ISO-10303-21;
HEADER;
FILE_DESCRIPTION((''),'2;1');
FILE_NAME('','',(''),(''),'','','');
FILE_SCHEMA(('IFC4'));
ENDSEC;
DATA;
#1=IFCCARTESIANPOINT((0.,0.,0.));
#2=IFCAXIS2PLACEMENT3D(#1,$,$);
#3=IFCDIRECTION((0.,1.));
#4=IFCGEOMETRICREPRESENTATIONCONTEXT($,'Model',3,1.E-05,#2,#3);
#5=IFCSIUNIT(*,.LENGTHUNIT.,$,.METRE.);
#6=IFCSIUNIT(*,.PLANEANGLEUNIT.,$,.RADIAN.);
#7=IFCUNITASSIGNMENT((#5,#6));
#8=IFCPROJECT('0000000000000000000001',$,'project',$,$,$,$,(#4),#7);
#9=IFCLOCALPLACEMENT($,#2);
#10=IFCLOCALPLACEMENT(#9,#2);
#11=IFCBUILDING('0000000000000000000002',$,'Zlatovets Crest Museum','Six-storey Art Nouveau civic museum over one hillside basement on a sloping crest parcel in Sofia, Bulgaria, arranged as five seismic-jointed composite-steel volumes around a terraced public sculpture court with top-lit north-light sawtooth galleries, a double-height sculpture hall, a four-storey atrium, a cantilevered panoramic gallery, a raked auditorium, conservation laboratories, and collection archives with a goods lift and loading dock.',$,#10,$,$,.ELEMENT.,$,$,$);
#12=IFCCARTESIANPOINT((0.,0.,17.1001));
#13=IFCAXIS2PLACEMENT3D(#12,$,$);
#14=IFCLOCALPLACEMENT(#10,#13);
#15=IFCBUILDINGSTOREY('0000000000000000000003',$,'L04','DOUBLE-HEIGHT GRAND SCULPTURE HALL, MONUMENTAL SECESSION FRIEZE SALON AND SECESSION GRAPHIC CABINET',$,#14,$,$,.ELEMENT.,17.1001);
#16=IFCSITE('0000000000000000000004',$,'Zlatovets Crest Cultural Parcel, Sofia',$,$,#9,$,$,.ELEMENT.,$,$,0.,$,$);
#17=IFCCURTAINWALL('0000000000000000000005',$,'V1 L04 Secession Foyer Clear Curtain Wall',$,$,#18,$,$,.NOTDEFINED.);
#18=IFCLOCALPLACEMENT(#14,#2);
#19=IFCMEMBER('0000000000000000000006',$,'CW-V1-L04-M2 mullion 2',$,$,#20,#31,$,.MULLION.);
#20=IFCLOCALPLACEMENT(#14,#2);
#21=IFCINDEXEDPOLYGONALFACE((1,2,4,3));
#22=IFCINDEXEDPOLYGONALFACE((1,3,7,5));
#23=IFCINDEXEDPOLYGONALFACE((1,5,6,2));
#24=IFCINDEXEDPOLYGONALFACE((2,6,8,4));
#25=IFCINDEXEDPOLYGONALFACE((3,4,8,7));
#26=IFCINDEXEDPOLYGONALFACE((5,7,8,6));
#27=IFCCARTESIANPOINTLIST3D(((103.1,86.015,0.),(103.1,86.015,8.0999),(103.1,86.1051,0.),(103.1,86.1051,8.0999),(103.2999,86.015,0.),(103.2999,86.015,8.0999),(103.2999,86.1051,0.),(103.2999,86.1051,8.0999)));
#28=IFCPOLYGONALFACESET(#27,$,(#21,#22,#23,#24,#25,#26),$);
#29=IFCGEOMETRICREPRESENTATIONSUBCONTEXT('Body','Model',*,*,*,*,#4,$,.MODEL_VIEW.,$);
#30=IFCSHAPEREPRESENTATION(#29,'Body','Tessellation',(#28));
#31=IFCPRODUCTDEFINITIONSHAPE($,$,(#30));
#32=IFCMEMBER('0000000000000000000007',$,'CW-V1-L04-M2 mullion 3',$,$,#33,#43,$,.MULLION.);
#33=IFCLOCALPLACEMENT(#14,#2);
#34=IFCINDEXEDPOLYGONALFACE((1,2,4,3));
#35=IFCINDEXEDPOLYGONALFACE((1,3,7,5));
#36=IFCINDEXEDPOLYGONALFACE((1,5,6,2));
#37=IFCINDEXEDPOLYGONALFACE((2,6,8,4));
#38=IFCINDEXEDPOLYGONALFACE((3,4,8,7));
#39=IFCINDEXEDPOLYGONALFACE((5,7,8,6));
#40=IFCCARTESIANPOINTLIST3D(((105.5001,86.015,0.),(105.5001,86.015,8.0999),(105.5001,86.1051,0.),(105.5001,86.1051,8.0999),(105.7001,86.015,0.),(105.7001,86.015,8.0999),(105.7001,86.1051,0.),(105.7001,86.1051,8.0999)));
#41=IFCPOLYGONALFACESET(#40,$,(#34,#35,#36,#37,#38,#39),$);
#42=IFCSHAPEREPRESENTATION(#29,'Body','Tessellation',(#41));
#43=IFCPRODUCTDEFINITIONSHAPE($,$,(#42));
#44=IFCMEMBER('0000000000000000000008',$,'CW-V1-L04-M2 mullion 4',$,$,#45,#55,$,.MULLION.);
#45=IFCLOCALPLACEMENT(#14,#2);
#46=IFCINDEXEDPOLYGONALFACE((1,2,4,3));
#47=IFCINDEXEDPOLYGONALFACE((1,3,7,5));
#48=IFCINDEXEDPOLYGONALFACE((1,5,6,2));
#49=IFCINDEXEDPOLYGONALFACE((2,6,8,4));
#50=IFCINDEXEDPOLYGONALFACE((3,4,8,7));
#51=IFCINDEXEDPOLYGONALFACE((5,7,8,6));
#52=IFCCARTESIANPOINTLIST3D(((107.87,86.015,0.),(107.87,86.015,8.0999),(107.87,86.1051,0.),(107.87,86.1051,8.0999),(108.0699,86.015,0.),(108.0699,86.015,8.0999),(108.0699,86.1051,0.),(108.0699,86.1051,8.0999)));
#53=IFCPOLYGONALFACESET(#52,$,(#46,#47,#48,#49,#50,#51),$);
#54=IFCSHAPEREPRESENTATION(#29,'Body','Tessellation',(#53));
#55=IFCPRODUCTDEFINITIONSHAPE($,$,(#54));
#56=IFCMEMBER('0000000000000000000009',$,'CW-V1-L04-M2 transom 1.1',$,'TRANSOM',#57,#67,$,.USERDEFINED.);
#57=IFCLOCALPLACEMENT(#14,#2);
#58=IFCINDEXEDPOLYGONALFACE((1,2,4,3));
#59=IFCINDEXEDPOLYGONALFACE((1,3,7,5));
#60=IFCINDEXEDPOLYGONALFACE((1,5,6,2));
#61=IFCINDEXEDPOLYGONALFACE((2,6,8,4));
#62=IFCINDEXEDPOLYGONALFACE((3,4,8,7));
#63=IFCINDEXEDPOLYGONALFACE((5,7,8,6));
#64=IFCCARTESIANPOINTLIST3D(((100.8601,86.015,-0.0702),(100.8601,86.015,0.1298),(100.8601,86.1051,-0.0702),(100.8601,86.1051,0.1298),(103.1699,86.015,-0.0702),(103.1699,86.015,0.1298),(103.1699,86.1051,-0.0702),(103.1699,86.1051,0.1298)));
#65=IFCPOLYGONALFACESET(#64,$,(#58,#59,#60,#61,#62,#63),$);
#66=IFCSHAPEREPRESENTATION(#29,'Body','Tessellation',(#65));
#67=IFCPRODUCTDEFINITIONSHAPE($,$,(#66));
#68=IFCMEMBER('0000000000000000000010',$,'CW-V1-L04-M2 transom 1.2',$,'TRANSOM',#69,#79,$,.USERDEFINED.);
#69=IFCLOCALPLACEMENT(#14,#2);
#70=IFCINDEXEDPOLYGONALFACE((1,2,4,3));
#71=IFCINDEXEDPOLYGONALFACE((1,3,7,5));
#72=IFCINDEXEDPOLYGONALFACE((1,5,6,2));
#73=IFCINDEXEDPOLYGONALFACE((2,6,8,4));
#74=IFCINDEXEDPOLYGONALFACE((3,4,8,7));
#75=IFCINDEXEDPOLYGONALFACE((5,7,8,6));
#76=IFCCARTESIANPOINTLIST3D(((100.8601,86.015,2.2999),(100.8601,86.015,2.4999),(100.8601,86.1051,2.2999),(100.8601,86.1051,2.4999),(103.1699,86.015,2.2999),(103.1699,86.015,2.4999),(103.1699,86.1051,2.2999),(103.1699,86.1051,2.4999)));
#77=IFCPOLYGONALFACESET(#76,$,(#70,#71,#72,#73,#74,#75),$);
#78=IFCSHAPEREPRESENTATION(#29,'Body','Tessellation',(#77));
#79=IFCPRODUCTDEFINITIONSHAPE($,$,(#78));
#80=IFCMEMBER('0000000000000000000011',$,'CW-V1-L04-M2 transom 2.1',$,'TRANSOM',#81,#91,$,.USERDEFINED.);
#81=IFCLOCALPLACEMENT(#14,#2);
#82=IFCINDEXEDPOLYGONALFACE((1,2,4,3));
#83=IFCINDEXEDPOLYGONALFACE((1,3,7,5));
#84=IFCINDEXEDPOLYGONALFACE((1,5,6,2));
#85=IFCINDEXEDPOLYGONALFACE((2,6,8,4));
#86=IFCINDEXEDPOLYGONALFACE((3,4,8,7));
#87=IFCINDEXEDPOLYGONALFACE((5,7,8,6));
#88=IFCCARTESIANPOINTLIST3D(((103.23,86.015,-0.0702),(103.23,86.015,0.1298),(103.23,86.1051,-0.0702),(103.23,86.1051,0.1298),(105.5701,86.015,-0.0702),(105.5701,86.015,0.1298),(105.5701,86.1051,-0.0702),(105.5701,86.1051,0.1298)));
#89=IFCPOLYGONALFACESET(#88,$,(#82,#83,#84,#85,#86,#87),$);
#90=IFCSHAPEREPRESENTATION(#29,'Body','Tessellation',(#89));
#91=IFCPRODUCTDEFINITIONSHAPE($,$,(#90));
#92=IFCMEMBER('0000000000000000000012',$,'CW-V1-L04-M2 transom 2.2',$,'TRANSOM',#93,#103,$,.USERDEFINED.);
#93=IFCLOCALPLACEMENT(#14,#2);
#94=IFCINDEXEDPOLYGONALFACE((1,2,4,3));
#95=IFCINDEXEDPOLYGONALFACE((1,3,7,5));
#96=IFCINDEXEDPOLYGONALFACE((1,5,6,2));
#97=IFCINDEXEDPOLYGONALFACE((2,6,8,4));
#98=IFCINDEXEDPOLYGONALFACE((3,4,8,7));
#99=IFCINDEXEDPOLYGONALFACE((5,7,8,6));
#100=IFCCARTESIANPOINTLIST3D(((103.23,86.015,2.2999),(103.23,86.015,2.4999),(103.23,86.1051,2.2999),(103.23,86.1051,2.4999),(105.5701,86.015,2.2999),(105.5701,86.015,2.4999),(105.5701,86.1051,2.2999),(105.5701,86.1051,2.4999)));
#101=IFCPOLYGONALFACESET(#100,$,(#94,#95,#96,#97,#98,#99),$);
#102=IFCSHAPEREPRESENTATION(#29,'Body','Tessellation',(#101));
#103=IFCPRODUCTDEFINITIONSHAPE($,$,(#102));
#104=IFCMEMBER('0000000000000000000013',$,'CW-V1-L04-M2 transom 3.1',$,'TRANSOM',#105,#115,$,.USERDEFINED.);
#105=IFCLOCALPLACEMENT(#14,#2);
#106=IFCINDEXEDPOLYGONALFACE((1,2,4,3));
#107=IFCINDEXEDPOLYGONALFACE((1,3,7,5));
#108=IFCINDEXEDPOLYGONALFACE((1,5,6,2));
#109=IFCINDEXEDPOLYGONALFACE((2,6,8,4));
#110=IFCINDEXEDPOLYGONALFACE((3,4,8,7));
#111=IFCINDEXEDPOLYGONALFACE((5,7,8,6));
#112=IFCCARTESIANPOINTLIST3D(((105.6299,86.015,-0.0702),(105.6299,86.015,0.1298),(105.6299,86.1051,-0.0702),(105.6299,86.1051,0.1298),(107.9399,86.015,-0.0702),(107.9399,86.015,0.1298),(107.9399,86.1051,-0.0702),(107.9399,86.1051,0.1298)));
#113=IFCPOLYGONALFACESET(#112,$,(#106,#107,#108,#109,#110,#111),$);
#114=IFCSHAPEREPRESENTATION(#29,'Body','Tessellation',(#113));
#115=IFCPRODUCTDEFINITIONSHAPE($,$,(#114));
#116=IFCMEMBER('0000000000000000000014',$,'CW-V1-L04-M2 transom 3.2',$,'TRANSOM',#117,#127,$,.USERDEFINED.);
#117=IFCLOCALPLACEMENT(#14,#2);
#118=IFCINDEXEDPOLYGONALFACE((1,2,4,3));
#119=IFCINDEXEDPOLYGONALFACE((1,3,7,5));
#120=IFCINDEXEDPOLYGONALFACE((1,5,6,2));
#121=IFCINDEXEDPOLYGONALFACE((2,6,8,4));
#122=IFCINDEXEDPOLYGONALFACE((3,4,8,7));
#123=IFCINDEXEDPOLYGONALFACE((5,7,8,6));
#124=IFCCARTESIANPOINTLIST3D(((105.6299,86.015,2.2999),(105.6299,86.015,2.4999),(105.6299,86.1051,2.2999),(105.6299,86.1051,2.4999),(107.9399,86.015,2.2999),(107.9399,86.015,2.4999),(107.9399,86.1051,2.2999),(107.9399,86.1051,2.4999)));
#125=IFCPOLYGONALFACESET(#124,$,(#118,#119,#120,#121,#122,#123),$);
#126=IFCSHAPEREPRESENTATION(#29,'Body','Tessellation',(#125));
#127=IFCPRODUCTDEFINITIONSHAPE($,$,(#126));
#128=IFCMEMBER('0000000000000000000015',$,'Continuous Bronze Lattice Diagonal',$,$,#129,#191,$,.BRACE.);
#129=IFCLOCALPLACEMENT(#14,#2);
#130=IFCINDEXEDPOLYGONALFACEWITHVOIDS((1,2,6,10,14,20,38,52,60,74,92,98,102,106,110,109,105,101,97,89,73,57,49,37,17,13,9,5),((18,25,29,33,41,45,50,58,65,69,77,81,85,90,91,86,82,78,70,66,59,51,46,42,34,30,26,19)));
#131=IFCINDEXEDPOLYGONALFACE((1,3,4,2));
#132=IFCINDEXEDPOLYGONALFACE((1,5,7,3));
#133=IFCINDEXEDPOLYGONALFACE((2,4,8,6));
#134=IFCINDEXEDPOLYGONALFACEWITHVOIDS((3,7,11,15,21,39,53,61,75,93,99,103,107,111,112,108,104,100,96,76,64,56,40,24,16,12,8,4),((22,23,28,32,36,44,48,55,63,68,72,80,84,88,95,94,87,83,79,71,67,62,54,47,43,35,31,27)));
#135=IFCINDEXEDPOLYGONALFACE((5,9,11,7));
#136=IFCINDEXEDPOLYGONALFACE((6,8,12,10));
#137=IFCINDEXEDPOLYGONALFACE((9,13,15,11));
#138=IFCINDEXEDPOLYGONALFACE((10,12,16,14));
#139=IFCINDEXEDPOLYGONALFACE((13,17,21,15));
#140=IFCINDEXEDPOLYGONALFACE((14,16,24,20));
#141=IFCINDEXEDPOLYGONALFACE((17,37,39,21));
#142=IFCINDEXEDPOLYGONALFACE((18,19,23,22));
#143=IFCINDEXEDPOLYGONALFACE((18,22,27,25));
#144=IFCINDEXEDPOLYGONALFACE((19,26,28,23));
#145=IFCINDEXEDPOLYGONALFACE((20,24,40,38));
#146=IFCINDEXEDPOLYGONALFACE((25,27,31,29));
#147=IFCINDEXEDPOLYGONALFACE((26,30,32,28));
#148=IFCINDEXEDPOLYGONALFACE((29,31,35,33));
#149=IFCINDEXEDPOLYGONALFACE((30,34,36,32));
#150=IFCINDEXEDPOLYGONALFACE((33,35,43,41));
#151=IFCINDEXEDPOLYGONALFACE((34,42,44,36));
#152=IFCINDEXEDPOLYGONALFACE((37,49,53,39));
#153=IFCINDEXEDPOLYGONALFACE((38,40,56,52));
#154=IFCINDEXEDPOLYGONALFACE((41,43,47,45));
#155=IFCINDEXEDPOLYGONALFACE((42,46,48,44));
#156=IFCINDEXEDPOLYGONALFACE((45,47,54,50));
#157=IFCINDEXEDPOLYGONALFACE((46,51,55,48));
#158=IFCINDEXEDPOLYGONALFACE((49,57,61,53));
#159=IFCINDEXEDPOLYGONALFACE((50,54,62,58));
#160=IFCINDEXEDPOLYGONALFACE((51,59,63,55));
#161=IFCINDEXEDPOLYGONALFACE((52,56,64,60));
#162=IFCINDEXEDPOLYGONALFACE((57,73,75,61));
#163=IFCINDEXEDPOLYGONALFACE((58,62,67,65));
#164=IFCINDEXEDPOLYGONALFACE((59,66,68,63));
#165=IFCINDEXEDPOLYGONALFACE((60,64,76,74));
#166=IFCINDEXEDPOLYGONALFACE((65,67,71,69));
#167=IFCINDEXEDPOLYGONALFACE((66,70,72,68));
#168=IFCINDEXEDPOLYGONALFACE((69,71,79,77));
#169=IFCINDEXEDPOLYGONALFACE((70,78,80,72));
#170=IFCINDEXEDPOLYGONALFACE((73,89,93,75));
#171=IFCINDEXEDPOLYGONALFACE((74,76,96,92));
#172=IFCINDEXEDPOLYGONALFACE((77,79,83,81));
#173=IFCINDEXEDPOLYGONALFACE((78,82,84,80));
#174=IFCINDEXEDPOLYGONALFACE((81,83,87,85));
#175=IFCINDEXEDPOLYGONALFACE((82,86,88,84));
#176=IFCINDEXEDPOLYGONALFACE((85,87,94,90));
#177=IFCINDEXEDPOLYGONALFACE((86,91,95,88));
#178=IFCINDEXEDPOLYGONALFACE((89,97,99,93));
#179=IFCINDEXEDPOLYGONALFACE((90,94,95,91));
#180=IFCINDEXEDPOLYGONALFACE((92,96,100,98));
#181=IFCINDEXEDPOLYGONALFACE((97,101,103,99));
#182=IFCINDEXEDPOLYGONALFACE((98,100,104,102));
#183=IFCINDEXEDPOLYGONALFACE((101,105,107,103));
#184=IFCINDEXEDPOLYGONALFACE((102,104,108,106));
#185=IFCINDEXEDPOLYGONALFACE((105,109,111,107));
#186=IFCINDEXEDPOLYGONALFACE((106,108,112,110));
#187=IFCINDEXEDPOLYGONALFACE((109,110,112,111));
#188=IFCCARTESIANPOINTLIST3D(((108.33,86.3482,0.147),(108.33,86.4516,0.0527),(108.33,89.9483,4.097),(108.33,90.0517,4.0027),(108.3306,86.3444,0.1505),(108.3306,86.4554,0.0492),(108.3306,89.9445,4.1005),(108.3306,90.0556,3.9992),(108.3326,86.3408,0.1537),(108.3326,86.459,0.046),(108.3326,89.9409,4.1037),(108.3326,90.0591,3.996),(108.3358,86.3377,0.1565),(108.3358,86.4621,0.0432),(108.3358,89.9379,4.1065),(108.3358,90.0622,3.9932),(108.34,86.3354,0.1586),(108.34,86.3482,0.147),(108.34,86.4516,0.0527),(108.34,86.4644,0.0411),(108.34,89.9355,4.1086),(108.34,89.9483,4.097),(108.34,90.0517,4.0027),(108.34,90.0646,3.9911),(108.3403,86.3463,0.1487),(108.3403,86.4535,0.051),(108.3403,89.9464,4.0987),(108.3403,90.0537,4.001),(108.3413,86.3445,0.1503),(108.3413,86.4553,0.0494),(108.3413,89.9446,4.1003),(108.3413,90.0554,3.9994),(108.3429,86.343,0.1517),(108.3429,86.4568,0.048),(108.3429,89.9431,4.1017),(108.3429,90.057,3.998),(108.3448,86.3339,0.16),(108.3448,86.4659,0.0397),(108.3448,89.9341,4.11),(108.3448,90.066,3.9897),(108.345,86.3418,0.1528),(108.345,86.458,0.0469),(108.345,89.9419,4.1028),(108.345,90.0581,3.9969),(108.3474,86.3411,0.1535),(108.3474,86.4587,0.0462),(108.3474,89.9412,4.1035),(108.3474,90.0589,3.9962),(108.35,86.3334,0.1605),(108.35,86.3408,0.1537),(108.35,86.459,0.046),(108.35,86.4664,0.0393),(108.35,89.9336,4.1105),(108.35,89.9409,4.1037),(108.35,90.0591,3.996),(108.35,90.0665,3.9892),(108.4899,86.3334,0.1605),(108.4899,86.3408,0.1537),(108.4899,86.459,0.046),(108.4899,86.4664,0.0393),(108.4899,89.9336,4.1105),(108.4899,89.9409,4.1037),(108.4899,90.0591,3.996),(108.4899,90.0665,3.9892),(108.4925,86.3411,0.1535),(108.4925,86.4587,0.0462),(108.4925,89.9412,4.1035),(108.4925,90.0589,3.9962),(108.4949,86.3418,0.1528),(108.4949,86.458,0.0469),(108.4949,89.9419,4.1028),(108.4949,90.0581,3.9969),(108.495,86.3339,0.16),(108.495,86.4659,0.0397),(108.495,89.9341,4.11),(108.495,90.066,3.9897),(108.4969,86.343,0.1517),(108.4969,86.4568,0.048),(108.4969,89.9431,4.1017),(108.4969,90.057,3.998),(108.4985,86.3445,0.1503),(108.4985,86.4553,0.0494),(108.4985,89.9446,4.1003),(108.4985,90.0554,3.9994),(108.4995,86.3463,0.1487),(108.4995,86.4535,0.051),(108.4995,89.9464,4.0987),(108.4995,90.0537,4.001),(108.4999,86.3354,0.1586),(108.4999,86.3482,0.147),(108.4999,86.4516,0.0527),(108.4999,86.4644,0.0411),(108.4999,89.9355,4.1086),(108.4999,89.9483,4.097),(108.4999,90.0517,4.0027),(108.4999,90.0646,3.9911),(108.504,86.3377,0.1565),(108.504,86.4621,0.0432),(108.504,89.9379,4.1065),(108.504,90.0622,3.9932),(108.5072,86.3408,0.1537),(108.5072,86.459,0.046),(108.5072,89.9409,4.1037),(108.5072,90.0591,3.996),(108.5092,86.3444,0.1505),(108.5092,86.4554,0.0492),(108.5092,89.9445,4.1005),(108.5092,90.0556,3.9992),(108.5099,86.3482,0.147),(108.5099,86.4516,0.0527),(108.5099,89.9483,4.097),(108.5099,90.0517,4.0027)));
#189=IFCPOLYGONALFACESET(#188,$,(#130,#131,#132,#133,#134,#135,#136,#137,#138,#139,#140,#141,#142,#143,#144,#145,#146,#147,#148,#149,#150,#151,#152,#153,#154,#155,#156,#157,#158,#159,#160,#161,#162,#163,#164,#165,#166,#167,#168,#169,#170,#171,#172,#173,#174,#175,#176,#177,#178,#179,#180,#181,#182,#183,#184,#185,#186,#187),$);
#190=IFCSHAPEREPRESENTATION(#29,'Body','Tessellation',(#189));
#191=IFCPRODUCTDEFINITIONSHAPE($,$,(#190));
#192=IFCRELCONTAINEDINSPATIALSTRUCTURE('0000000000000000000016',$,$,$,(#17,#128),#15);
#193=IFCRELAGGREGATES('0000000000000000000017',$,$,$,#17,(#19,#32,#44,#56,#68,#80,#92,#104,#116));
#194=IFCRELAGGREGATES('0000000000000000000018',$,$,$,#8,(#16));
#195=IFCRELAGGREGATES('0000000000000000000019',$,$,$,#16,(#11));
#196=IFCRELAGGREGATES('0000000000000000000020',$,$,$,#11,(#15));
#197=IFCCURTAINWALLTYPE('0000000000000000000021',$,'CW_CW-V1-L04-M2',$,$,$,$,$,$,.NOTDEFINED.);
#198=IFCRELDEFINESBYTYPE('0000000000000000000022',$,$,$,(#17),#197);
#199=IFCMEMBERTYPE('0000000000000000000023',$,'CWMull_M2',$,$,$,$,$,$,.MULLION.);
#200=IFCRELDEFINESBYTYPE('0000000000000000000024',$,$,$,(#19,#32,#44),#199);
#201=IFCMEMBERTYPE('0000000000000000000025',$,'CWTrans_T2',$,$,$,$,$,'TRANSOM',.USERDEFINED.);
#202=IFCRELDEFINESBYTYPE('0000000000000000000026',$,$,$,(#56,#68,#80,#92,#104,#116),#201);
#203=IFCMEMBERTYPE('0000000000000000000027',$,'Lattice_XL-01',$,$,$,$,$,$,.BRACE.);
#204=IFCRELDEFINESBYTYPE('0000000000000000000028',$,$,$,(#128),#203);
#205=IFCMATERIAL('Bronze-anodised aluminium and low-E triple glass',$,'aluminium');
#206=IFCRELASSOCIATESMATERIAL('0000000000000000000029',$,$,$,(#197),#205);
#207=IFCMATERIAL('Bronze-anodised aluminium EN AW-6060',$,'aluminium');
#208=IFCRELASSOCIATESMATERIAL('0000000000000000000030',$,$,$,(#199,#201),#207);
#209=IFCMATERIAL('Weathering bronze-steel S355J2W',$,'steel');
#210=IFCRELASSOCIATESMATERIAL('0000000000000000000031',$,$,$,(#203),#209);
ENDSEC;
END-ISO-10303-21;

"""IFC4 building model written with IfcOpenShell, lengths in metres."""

from ifc_helpers import new_model, si_unit, direction, frame, origin, origin_2d, place, context, subcontext, project, spatial, rectangle, hollow_rectangle, extrude, material, material_profile, profile_set, type_object, element, aggregate, save


model = new_model("IFC4")

# Units and contexts
model_context = context("Model", 3, precision=1e-05, world=origin(), true_north=direction((0.0, 1.0)))
body_context = subcontext(model_context, "Body", "Model", "MODEL_VIEW")
ifc_project = project(units=[si_unit("LENGTHUNIT", "METRE"), si_unit("PLANEANGLEUNIT", "RADIAN")], contexts=[model_context])

# Site, building, storey
site_placement = place(None, origin())
site = spatial("IfcSite", under=ifc_project, at=site_placement, Name="Zlatovets Crest Cultural Parcel, Sofia", CompositionType="ELEMENT", RefElevation=0.0)
building_placement = place(site_placement, origin())
building = spatial("IfcBuilding", under=site, at=building_placement, Name="Zlatovets Crest Museum", Description="Six-storey Art Nouveau civic museum over one hillside basement on a sloping crest parcel in Sofia, Bulgaria, arranged as five seismic-jointed composite-steel volumes around a terraced public sculpture court with top-lit north-light sawtooth galleries, a double-height sculpture hall, a four-storey atrium, a cantilevered panoramic gallery, a raked auditorium, conservation laboratories, and collection archives with a goods lift and loading dock.", CompositionType="ELEMENT")
storey_placement = place(building_placement, frame((0.0, 0.0, 17.1001)))
storey = spatial("IfcBuildingStorey", under=building, at=storey_placement, Name="L04", Description="DOUBLE-HEIGHT GRAND SCULPTURE HALL, MONUMENTAL SECESSION FRIEZE SALON AND SECESSION GRAPHIC CABINET", CompositionType="ELEMENT", Elevation=17.1001)

# Curtain wall, members
ifc_material_1 = material(Name="Bronze-anodised aluminium and low-E triple glass", Category="aluminium")
curtain_wall_type = type_object("IfcCurtainWallType", Name="CW_CW-V1-L04-M2", PredefinedType="NOTDEFINED", material=ifc_material_1)
curtain_wall_placement = place(storey_placement, origin())
curtain_wall = element("IfcCurtainWall", 1, at=curtain_wall_placement, inside=storey, type_object=curtain_wall_type, Name="V1 L04 Secession Foyer Clear Curtain Wall", PredefinedType="NOTDEFINED")
ifc_material_2 = material(Name="Bronze-anodised aluminium EN AW-6060", Category="aluminium")
ifc_material_profile_1 = material_profile(ifc_material_2, rectangle(XDim=0.0901, YDim=0.2, at=origin_2d()), Name="ALU 90x200")
ifc_profile_set_1 = profile_set([ifc_material_profile_1], Name="Bronze-anodised aluminium EN AW-6060")
member_type_1 = type_object("IfcMemberType", Name="CWMull_M2", PredefinedType="MULLION", material=ifc_profile_set_1)
member_1_placement = place(storey_placement, frame((103.2, 86.0601, 0.0), z_axis=(0.0, 0.0, 1.0), x_axis=(0.0, 1.0, 0.0)))
member_1 = element("IfcMember", 2, at=member_1_placement, type_object=member_type_1, Name="CW-V1-L04-M2 mullion 2", PredefinedType="MULLION", context=body_context, shape_type="SweptSolid", body=[
    extrude(rectangle(XDim=0.0901, YDim=0.2, at=origin_2d()), origin(), (0.0, 0.0, 1.0), 8.0999),
])
member_2_placement = place(storey_placement, frame((105.6001, 86.0601, 0.0), z_axis=(0.0, 0.0, 1.0), x_axis=(0.0, 1.0, 0.0)))
member_2 = element("IfcMember", 3, at=member_2_placement, type_object=member_type_1, Name="CW-V1-L04-M2 mullion 3", PredefinedType="MULLION", context=body_context, shape_type="SweptSolid", body=[
    extrude(rectangle(XDim=0.0901, YDim=0.2, at=origin_2d()), origin(), (0.0, 0.0, 1.0), 8.0999),
])
member_3_placement = place(storey_placement, frame((107.97, 86.0601, 0.0), z_axis=(0.0, 0.0, 1.0), x_axis=(0.0, 1.0, 0.0)))
member_3 = element("IfcMember", 4, at=member_3_placement, type_object=member_type_1, Name="CW-V1-L04-M2 mullion 4", PredefinedType="MULLION", context=body_context, shape_type="SweptSolid", body=[
    extrude(rectangle(XDim=0.0901, YDim=0.2, at=origin_2d()), origin(), (0.0, 0.0, 1.0), 8.0999),
])
ifc_material_profile_2 = material_profile(ifc_material_2, rectangle(XDim=0.0901, YDim=0.2, at=origin_2d()), Name="ALU 90x200")
ifc_profile_set_2 = profile_set([ifc_material_profile_2], Name="Bronze-anodised aluminium EN AW-6060")
member_type_2 = type_object("IfcMemberType", Name="CWTrans_T2", ElementType="TRANSOM", PredefinedType="USERDEFINED", material=ifc_profile_set_2)
member_4_placement = place(storey_placement, frame((100.8601, 86.0601, 0.0298), z_axis=(1.0, 0.0, 0.0), x_axis=(0.0, 1.0, 0.0)))
member_4 = element("IfcMember", 5, at=member_4_placement, type_object=member_type_2, Name="CW-V1-L04-M2 transom 1.1", ObjectType="TRANSOM", PredefinedType="USERDEFINED", context=body_context, shape_type="SweptSolid", body=[
    extrude(rectangle(XDim=0.0901, YDim=0.2, at=origin_2d()), origin(), (0.0, 0.0, 1.0), 2.3098),
])
member_5_placement = place(storey_placement, frame((100.8601, 86.0601, 2.3999), z_axis=(1.0, 0.0, 0.0), x_axis=(0.0, 1.0, 0.0)))
member_5 = element("IfcMember", 6, at=member_5_placement, type_object=member_type_2, Name="CW-V1-L04-M2 transom 1.2", ObjectType="TRANSOM", PredefinedType="USERDEFINED", context=body_context, shape_type="SweptSolid", body=[
    extrude(rectangle(XDim=0.0901, YDim=0.2, at=origin_2d()), origin(), (0.0, 0.0, 1.0), 2.3098),
])
member_6_placement = place(storey_placement, frame((103.23, 86.0601, 0.0298), z_axis=(1.0, 0.0, 0.0), x_axis=(0.0, 1.0, 0.0)))
member_6 = element("IfcMember", 7, at=member_6_placement, type_object=member_type_2, Name="CW-V1-L04-M2 transom 2.1", ObjectType="TRANSOM", PredefinedType="USERDEFINED", context=body_context, shape_type="SweptSolid", body=[
    extrude(rectangle(XDim=0.0901, YDim=0.2, at=origin_2d()), origin(), (0.0, 0.0, 1.0), 2.3401),
])
member_7_placement = place(storey_placement, frame((103.23, 86.0601, 2.3999), z_axis=(1.0, 0.0, 0.0), x_axis=(0.0, 1.0, 0.0)))
member_7 = element("IfcMember", 8, at=member_7_placement, type_object=member_type_2, Name="CW-V1-L04-M2 transom 2.2", ObjectType="TRANSOM", PredefinedType="USERDEFINED", context=body_context, shape_type="SweptSolid", body=[
    extrude(rectangle(XDim=0.0901, YDim=0.2, at=origin_2d()), origin(), (0.0, 0.0, 1.0), 2.3401),
])
member_8_placement = place(storey_placement, frame((105.6299, 86.0601, 0.0298), z_axis=(1.0, 0.0, 0.0), x_axis=(0.0, 1.0, 0.0)))
member_8 = element("IfcMember", 9, at=member_8_placement, type_object=member_type_2, Name="CW-V1-L04-M2 transom 3.1", ObjectType="TRANSOM", PredefinedType="USERDEFINED", context=body_context, shape_type="SweptSolid", body=[
    extrude(rectangle(XDim=0.0901, YDim=0.2, at=origin_2d()), origin(), (0.0, 0.0, 1.0), 2.3101),
])
member_9_placement = place(storey_placement, frame((105.6299, 86.0601, 2.3999), z_axis=(1.0, 0.0, 0.0), x_axis=(0.0, 1.0, 0.0)))
member_9 = element("IfcMember", 10, at=member_9_placement, type_object=member_type_2, Name="CW-V1-L04-M2 transom 3.2", ObjectType="TRANSOM", PredefinedType="USERDEFINED", context=body_context, shape_type="SweptSolid", body=[
    extrude(rectangle(XDim=0.0901, YDim=0.2, at=origin_2d()), origin(), (0.0, 0.0, 1.0), 2.3101),
])

# Member
ifc_material_3 = material(Name="Weathering bronze-steel S355J2W", Category="steel")
ifc_material_profile_3 = material_profile(ifc_material_3, hollow_rectangle(XDim=0.1799, YDim=0.1799, WallThickness=0.01, InnerFilletRadius=0.01, OuterFilletRadius=0.02, at=origin_2d()), Name="SHS 180x180x10.0")
ifc_profile_set_3 = profile_set([ifc_material_profile_3], Name="Weathering bronze-steel S355J2W")
member_type_3 = type_object("IfcMemberType", Name="Lattice_XL-01", PredefinedType="BRACE", material=ifc_profile_set_3)
member_10_placement = place(storey_placement, frame((108.4199, 86.3999, 0.0999), z_axis=(0.0, 0.673618, 0.73908), x_axis=(-1.0, 0.0, 0.0)))
element("IfcMember", 11, at=member_10_placement, inside=storey, type_object=member_type_3, Name="Continuous Bronze Lattice Diagonal", PredefinedType="BRACE", context=body_context, shape_type="SweptSolid", body=[
    extrude(hollow_rectangle(XDim=0.1799, YDim=0.1799, WallThickness=0.01, InnerFilletRadius=0.01, OuterFilletRadius=0.02, at=origin_2d()), origin(), (0.0, 0.0, 1.0), 5.3445),
])

aggregate(curtain_wall, [member_1, member_2, member_3, member_4, member_5, member_6, member_7, member_8, member_9])

save(model, "model.ifc")
